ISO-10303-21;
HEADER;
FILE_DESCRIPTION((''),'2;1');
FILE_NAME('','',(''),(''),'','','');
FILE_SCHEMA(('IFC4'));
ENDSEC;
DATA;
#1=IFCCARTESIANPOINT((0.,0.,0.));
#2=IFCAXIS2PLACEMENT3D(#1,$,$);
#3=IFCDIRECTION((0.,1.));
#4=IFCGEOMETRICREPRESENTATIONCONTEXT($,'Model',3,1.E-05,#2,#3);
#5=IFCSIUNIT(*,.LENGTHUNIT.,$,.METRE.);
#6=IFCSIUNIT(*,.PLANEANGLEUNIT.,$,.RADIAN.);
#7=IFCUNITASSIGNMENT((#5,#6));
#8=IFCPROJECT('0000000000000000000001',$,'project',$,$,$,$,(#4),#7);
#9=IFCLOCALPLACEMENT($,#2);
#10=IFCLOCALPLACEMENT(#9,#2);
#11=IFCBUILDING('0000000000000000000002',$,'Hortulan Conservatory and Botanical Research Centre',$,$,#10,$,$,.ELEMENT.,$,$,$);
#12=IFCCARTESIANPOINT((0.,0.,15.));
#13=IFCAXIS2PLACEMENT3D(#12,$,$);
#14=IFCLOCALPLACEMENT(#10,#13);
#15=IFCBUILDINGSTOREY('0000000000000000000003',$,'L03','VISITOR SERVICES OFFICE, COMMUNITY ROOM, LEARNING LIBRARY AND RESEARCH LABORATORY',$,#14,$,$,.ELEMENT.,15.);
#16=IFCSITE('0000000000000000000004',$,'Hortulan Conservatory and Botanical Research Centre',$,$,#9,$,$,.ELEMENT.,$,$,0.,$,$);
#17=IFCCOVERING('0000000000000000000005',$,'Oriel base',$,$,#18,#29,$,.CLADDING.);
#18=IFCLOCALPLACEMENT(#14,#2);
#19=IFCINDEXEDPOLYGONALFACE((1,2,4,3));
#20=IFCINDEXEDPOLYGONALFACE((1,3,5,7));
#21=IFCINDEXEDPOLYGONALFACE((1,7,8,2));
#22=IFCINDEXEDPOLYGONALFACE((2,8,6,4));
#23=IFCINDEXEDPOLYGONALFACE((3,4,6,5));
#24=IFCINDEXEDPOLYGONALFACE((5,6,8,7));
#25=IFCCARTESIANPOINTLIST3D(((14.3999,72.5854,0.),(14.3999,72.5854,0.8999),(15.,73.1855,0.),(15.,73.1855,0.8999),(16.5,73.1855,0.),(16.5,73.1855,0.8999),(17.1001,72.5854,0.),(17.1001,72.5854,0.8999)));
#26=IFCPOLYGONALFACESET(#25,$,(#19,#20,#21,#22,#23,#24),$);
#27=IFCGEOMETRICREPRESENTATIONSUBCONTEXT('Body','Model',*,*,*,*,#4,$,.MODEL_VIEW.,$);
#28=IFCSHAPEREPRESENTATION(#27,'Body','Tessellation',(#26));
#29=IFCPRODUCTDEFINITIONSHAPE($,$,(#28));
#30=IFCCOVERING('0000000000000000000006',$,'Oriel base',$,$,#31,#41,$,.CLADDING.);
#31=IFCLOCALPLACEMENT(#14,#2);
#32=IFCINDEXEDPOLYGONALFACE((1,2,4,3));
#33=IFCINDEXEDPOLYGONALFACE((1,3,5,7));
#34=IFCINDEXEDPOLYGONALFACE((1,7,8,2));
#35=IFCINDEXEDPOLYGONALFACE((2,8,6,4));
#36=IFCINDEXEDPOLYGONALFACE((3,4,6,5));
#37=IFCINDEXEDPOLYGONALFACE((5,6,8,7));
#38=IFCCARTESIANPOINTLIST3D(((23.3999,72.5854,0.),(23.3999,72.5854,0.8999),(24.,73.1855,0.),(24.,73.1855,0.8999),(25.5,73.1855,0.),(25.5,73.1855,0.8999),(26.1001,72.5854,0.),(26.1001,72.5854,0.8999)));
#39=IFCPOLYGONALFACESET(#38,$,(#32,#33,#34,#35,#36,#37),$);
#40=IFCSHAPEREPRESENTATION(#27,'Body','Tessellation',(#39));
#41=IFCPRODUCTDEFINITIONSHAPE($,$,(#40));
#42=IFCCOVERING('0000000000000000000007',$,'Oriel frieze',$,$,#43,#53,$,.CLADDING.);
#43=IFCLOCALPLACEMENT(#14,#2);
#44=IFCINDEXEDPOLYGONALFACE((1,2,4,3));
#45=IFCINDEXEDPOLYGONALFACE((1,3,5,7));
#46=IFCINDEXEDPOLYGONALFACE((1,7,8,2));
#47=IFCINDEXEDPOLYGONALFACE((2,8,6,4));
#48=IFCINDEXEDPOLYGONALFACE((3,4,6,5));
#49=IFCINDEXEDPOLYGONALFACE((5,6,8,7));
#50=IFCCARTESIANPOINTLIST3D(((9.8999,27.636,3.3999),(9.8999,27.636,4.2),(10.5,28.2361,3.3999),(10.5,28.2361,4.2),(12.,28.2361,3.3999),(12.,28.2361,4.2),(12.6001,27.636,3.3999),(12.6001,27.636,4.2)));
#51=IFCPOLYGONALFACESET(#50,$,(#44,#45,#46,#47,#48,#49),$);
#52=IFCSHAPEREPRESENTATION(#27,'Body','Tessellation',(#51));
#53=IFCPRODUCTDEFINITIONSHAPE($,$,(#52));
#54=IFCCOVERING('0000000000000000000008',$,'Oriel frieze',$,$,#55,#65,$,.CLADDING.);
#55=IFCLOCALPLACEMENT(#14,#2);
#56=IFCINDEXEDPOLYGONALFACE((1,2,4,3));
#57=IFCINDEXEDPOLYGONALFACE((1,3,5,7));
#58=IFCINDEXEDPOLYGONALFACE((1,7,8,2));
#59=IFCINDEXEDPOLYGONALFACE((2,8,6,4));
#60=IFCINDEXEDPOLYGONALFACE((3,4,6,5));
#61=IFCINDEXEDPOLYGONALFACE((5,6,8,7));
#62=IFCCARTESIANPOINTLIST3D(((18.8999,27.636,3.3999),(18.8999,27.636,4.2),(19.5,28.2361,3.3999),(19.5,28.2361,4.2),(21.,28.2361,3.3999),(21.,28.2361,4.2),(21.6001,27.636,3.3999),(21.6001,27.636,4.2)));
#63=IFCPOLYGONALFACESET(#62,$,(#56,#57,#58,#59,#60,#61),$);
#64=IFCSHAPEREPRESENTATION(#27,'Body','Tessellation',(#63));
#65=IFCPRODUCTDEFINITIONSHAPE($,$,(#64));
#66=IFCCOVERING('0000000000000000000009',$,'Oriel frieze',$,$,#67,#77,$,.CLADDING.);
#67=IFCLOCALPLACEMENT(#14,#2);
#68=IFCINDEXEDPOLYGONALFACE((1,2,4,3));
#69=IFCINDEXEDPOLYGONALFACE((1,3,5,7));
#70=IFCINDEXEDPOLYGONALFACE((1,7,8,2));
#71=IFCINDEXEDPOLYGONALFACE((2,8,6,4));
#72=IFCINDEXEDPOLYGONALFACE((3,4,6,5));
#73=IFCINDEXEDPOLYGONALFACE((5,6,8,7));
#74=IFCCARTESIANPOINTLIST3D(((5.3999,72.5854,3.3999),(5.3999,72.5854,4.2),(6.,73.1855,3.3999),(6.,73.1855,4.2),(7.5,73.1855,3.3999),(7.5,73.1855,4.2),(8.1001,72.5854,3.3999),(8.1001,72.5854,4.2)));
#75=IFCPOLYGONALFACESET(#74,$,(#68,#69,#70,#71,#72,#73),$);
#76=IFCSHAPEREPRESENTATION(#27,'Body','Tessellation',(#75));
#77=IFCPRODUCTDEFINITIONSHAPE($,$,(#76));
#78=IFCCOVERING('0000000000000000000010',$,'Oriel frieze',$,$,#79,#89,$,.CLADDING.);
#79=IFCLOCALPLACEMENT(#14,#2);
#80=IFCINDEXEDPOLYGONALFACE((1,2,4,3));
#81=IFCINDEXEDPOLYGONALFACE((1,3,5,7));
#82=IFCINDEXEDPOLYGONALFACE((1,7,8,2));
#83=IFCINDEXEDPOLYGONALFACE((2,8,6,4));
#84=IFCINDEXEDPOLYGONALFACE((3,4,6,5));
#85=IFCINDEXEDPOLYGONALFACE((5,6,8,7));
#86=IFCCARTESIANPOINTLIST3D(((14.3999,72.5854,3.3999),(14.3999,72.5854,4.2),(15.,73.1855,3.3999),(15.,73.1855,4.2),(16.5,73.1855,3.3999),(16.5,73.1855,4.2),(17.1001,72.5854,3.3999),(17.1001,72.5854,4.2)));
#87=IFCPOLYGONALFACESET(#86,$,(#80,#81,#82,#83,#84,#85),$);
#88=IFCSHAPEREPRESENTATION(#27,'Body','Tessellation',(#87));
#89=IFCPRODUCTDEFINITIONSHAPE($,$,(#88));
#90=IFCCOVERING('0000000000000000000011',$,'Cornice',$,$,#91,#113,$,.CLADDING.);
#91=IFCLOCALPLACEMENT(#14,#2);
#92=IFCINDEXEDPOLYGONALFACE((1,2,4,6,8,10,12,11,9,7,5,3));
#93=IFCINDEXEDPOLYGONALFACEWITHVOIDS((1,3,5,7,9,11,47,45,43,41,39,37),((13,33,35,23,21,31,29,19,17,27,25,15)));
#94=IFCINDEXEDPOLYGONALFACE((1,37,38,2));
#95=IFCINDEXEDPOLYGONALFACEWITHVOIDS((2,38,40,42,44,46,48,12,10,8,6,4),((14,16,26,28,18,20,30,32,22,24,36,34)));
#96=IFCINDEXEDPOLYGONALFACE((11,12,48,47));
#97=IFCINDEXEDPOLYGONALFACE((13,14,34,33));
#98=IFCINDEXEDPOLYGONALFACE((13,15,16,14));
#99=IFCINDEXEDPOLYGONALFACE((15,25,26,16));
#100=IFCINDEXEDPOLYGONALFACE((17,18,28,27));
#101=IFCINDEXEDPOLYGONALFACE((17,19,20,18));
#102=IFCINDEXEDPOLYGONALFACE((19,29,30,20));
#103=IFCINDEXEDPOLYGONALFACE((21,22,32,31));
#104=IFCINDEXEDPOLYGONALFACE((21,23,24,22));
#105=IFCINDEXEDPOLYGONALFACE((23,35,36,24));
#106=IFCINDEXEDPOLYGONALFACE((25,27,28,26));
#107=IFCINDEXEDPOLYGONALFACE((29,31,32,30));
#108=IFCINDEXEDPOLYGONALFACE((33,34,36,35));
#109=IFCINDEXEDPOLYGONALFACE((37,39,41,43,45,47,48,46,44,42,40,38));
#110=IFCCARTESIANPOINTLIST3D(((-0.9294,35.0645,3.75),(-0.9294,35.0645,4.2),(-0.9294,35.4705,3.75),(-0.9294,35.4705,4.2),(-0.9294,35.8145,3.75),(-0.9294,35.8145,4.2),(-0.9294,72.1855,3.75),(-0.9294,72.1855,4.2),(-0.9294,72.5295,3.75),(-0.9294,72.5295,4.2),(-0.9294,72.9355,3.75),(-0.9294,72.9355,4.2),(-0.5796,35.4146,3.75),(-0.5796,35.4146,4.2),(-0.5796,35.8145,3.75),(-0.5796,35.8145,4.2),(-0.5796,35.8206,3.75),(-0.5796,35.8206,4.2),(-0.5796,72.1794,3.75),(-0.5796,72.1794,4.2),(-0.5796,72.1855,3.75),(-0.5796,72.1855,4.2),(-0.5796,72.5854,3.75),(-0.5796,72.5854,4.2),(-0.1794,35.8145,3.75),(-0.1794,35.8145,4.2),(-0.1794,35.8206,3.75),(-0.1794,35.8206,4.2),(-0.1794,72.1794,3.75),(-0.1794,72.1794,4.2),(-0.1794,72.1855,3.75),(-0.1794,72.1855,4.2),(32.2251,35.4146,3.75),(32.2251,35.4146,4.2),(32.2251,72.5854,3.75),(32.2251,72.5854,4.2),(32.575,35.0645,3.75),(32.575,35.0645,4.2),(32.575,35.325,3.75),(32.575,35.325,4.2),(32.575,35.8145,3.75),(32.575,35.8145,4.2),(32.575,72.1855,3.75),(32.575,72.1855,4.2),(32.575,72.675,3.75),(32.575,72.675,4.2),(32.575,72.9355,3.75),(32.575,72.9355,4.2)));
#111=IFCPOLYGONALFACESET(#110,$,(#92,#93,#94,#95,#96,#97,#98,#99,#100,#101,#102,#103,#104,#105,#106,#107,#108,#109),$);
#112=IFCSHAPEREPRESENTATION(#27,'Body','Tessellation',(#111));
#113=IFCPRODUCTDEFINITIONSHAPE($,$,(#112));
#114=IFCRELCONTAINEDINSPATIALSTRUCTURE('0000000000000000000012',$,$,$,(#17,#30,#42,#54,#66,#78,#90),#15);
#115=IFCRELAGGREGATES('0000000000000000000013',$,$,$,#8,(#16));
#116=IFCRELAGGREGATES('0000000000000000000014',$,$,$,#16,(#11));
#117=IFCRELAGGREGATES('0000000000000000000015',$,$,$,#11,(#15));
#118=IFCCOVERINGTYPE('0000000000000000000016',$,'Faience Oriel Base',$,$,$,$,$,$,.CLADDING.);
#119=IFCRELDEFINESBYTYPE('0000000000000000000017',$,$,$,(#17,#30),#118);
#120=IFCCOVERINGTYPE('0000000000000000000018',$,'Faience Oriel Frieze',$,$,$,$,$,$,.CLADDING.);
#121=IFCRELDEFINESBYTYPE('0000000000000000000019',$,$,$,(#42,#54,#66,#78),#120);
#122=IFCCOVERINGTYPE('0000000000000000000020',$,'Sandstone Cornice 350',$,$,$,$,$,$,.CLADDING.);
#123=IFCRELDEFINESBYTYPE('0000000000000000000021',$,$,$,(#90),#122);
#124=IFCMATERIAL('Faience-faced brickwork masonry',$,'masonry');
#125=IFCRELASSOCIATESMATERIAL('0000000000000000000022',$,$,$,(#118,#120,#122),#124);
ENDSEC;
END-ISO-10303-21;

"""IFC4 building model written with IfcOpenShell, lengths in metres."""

from ifc_helpers import new_model, si_unit, direction, frame, origin, place, context, subcontext, project, spatial, polyline, outline, extrude, material, type_object, element, save


model = new_model("IFC4")

# Units and contexts
model_context = context("Model", 3, precision=1e-05, world=origin(), true_north=direction((0.0, 1.0)))
body_context = subcontext(model_context, "Body", "Model", "MODEL_VIEW")
ifc_project = project(units=[si_unit("LENGTHUNIT", "METRE"), si_unit("PLANEANGLEUNIT", "RADIAN")], contexts=[model_context])

# Site, building, storey
site_placement = place(None, origin())
site = spatial("IfcSite", under=ifc_project, at=site_placement, Name="Hortulan Conservatory and Botanical Research Centre", CompositionType="ELEMENT", RefElevation=0.0)
building_placement = place(site_placement, origin())
building = spatial("IfcBuilding", under=site, at=building_placement, Name="Hortulan Conservatory and Botanical Research Centre", CompositionType="ELEMENT")
storey_placement = place(building_placement, frame((0.0, 0.0, 15.0)))
storey = spatial("IfcBuildingStorey", under=building, at=storey_placement, Name="L03", Description="VISITOR SERVICES OFFICE, COMMUNITY ROOM, LEARNING LIBRARY AND RESEARCH LABORATORY", CompositionType="ELEMENT", Elevation=15.0)

# Shared definitions
ifc_material_1 = material(Name="Faience-faced brickwork masonry", Category="masonry")

# Coverings
covering_type_1 = type_object("IfcCoveringType", Name="Faience Oriel Base", PredefinedType="CLADDING", material=ifc_material_1)
covering_1_placement = place(storey_placement, origin())
element("IfcCovering", 1, at=covering_1_placement, inside=storey, type_object=covering_type_1, Name="Oriel base", PredefinedType="CLADDING", context=body_context, shape_type="SweptSolid", body=[
    extrude(outline(polyline([(14.3999, 72.5854), (15.0, 73.1855), (16.5, 73.1855), (17.1001, 72.5854), (14.3999, 72.5854)])), origin(), (0.0, 0.0, 1.0), 0.8999),
])
covering_2_placement = place(storey_placement, origin())
element("IfcCovering", 2, at=covering_2_placement, inside=storey, type_object=covering_type_1, Name="Oriel base", PredefinedType="CLADDING", context=body_context, shape_type="SweptSolid", body=[
    extrude(outline(polyline([(23.3999, 72.5854), (24.0, 73.1855), (25.5, 73.1855), (26.1001, 72.5854), (23.3999, 72.5854)])), origin(), (0.0, 0.0, 1.0), 0.8999),
])
covering_type_2 = type_object("IfcCoveringType", Name="Faience Oriel Frieze", PredefinedType="CLADDING", material=ifc_material_1)
covering_3_placement = place(storey_placement, frame((0.0, 0.0, 3.3999)))
element("IfcCovering", 3, at=covering_3_placement, inside=storey, type_object=covering_type_2, Name="Oriel frieze", PredefinedType="CLADDING", context=body_context, shape_type="SweptSolid", body=[
    extrude(outline(polyline([(9.8999, 27.636), (10.5, 28.2361), (12.0, 28.2361), (12.6001, 27.636), (9.8999, 27.636)])), origin(), (0.0, 0.0, 1.0), 0.8),
])
covering_4_placement = place(storey_placement, frame((0.0, 0.0, 3.3999)))
element("IfcCovering", 4, at=covering_4_placement, inside=storey, type_object=covering_type_2, Name="Oriel frieze", PredefinedType="CLADDING", context=body_context, shape_type="SweptSolid", body=[
    extrude(outline(polyline([(18.8999, 27.636), (19.5, 28.2361), (21.0, 28.2361), (21.6001, 27.636), (18.8999, 27.636)])), origin(), (0.0, 0.0, 1.0), 0.8),
])
covering_5_placement = place(storey_placement, frame((0.0, 0.0, 3.3999)))
element("IfcCovering", 5, at=covering_5_placement, inside=storey, type_object=covering_type_2, Name="Oriel frieze", PredefinedType="CLADDING", context=body_context, shape_type="SweptSolid", body=[
    extrude(outline(polyline([(5.3999, 72.5854), (6.0, 73.1855), (7.5, 73.1855), (8.1001, 72.5854), (5.3999, 72.5854)])), origin(), (0.0, 0.0, 1.0), 0.8),
])
covering_6_placement = place(storey_placement, frame((0.0, 0.0, 3.3999)))
element("IfcCovering", 6, at=covering_6_placement, inside=storey, type_object=covering_type_2, Name="Oriel frieze", PredefinedType="CLADDING", context=body_context, shape_type="SweptSolid", body=[
    extrude(outline(polyline([(14.3999, 72.5854), (15.0, 73.1855), (16.5, 73.1855), (17.1001, 72.5854), (14.3999, 72.5854)])), origin(), (0.0, 0.0, 1.0), 0.8),
])
covering_type_3 = type_object("IfcCoveringType", Name="Sandstone Cornice 350", PredefinedType="CLADDING", material=ifc_material_1)
covering_7_placement = place(storey_placement, frame((0.0, 0.0, 3.75)))
element("IfcCovering", 7, at=covering_7_placement, inside=storey, type_object=covering_type_3, Name="Cornice", PredefinedType="CLADDING", context=body_context, shape_type="SweptSolid", body=[
    extrude(outline(polyline([(32.575, 35.0645), (-0.9294, 35.0645), (-0.9294, 35.4705), (-0.9294, 35.8145), (-0.9294, 72.1855), (-0.9294, 72.5295), (-0.9294, 72.9355), (32.575, 72.9355), (32.575, 72.675), (32.575, 72.1855), (32.575, 35.8145), (32.575, 35.325), (32.575, 35.0645)]), holes=[polyline([(-0.1794, 72.1794), (-0.5796, 72.1794), (-0.5796, 72.1794), (-0.5796, 72.1794), (-0.5796, 72.1794), (-0.5796, 72.1794), (-0.5796, 72.1794), (-0.5796, 72.1794), (-0.5796, 72.1794), (-0.5796, 72.1794), (-0.5796, 72.1794), (-0.5796, 72.1794), (-0.5796, 72.1794), (-0.5796, 72.1794), (-0.5796, 72.1794), (-0.5796, 72.1794), (-0.5796, 72.1794), (-0.5796, 72.1794), (-0.5796, 35.8206), (-0.5796, 35.8206), (-0.5796, 35.8206), (-0.5796, 35.8206), (-0.5796, 35.8206), (-0.5796, 35.8206), (-0.5796, 35.8206), (-0.5796, 35.8206), (-0.5796, 35.8206), (-0.5796, 35.8206), (-0.5796, 35.8206), (-0.5796, 35.8206), (-0.5796, 35.8206), (-0.5796, 35.8206), (-0.5796, 35.8206), (-0.5796, 35.8206), (-0.5796, 35.8206), (-0.1794, 35.8206), (-0.1794, 35.8145), (-0.5796, 35.8145), (-0.5796, 35.8145), (-0.5796, 35.8145), (-0.5796, 35.8145), (-0.5796, 35.8145), (-0.5796, 35.8145), (-0.5796, 35.8145), (-0.5796, 35.8145), (-0.5796, 35.8145), (-0.5796, 35.8145), (-0.5796, 35.8145), (-0.5796, 35.8145), (-0.5796, 35.8145), (-0.5796, 35.8145), (-0.5796, 35.8145), (-0.5796, 35.8145), (-0.5796, 35.8145), (-0.5796, 35.4146), (-0.5796, 35.4146), (-0.5796, 35.4146), (-0.5796, 35.4146), (-0.5796, 35.4146), (-0.5796, 35.4146), (-0.5796, 35.4146), (-0.5796, 35.4146), (-0.5796, 35.4146), (-0.5796, 35.4146), (-0.5796, 35.4146), (-0.5796, 35.4146), (-0.5796, 35.4146), (-0.5796, 35.4146), (-0.5796, 35.4146), (-0.5796, 35.4146), (-0.5796, 35.4146), (32.2251, 35.4146), (32.2251, 35.4146), (32.2251, 35.4146), (32.2251, 35.4146), (32.2251, 35.4146), (32.2251, 35.4146), (32.2251, 35.4146), (32.2251, 35.4146), (32.2251, 35.4146), (32.2251, 35.4146), (32.2251, 35.4146), (32.2251, 35.4146), (32.2251, 35.4146), (32.2251, 35.4146), (32.2251, 35.4146), (32.2251, 35.4146), (32.2251, 35.4146), (32.2251, 72.5854), (32.2251, 72.5854), (32.2251, 72.5854), (32.2251, 72.5854), (32.2251, 72.5854), (32.2251, 72.5854), (32.2251, 72.5854), (32.2251, 72.5854), (32.2251, 72.5854), (32.2251, 72.5854), (32.2251, 72.5854), (32.2251, 72.5854), (32.2251, 72.5854), (32.2251, 72.5854), (32.2251, 72.5854), (32.2251, 72.5854), (32.2251, 72.5854), (-0.5796, 72.5854), (-0.5796, 72.5854), (-0.5796, 72.5854), (-0.5796, 72.5854), (-0.5796, 72.5854), (-0.5796, 72.5854), (-0.5796, 72.5854), (-0.5796, 72.5854), (-0.5796, 72.5854), (-0.5796, 72.5854), (-0.5796, 72.5854), (-0.5796, 72.5854), (-0.5796, 72.5854), (-0.5796, 72.5854), (-0.5796, 72.5854), (-0.5796, 72.5854), (-0.5796, 72.5854), (-0.5796, 72.1855), (-0.5796, 72.1855), (-0.5796, 72.1855), (-0.5796, 72.1855), (-0.5796, 72.1855), (-0.5796, 72.1855), (-0.5796, 72.1855), (-0.5796, 72.1855), (-0.5796, 72.1855), (-0.5796, 72.1855), (-0.5796, 72.1855), (-0.5796, 72.1855), (-0.5796, 72.1855), (-0.5796, 72.1855), (-0.5796, 72.1855), (-0.5796, 72.1855), (-0.5796, 72.1855), (-0.1794, 72.1855), (-0.1794, 72.1794)])]), origin(), (0.0, 0.0, 1.0), 0.45),
])

save(model, "model.ifc")
